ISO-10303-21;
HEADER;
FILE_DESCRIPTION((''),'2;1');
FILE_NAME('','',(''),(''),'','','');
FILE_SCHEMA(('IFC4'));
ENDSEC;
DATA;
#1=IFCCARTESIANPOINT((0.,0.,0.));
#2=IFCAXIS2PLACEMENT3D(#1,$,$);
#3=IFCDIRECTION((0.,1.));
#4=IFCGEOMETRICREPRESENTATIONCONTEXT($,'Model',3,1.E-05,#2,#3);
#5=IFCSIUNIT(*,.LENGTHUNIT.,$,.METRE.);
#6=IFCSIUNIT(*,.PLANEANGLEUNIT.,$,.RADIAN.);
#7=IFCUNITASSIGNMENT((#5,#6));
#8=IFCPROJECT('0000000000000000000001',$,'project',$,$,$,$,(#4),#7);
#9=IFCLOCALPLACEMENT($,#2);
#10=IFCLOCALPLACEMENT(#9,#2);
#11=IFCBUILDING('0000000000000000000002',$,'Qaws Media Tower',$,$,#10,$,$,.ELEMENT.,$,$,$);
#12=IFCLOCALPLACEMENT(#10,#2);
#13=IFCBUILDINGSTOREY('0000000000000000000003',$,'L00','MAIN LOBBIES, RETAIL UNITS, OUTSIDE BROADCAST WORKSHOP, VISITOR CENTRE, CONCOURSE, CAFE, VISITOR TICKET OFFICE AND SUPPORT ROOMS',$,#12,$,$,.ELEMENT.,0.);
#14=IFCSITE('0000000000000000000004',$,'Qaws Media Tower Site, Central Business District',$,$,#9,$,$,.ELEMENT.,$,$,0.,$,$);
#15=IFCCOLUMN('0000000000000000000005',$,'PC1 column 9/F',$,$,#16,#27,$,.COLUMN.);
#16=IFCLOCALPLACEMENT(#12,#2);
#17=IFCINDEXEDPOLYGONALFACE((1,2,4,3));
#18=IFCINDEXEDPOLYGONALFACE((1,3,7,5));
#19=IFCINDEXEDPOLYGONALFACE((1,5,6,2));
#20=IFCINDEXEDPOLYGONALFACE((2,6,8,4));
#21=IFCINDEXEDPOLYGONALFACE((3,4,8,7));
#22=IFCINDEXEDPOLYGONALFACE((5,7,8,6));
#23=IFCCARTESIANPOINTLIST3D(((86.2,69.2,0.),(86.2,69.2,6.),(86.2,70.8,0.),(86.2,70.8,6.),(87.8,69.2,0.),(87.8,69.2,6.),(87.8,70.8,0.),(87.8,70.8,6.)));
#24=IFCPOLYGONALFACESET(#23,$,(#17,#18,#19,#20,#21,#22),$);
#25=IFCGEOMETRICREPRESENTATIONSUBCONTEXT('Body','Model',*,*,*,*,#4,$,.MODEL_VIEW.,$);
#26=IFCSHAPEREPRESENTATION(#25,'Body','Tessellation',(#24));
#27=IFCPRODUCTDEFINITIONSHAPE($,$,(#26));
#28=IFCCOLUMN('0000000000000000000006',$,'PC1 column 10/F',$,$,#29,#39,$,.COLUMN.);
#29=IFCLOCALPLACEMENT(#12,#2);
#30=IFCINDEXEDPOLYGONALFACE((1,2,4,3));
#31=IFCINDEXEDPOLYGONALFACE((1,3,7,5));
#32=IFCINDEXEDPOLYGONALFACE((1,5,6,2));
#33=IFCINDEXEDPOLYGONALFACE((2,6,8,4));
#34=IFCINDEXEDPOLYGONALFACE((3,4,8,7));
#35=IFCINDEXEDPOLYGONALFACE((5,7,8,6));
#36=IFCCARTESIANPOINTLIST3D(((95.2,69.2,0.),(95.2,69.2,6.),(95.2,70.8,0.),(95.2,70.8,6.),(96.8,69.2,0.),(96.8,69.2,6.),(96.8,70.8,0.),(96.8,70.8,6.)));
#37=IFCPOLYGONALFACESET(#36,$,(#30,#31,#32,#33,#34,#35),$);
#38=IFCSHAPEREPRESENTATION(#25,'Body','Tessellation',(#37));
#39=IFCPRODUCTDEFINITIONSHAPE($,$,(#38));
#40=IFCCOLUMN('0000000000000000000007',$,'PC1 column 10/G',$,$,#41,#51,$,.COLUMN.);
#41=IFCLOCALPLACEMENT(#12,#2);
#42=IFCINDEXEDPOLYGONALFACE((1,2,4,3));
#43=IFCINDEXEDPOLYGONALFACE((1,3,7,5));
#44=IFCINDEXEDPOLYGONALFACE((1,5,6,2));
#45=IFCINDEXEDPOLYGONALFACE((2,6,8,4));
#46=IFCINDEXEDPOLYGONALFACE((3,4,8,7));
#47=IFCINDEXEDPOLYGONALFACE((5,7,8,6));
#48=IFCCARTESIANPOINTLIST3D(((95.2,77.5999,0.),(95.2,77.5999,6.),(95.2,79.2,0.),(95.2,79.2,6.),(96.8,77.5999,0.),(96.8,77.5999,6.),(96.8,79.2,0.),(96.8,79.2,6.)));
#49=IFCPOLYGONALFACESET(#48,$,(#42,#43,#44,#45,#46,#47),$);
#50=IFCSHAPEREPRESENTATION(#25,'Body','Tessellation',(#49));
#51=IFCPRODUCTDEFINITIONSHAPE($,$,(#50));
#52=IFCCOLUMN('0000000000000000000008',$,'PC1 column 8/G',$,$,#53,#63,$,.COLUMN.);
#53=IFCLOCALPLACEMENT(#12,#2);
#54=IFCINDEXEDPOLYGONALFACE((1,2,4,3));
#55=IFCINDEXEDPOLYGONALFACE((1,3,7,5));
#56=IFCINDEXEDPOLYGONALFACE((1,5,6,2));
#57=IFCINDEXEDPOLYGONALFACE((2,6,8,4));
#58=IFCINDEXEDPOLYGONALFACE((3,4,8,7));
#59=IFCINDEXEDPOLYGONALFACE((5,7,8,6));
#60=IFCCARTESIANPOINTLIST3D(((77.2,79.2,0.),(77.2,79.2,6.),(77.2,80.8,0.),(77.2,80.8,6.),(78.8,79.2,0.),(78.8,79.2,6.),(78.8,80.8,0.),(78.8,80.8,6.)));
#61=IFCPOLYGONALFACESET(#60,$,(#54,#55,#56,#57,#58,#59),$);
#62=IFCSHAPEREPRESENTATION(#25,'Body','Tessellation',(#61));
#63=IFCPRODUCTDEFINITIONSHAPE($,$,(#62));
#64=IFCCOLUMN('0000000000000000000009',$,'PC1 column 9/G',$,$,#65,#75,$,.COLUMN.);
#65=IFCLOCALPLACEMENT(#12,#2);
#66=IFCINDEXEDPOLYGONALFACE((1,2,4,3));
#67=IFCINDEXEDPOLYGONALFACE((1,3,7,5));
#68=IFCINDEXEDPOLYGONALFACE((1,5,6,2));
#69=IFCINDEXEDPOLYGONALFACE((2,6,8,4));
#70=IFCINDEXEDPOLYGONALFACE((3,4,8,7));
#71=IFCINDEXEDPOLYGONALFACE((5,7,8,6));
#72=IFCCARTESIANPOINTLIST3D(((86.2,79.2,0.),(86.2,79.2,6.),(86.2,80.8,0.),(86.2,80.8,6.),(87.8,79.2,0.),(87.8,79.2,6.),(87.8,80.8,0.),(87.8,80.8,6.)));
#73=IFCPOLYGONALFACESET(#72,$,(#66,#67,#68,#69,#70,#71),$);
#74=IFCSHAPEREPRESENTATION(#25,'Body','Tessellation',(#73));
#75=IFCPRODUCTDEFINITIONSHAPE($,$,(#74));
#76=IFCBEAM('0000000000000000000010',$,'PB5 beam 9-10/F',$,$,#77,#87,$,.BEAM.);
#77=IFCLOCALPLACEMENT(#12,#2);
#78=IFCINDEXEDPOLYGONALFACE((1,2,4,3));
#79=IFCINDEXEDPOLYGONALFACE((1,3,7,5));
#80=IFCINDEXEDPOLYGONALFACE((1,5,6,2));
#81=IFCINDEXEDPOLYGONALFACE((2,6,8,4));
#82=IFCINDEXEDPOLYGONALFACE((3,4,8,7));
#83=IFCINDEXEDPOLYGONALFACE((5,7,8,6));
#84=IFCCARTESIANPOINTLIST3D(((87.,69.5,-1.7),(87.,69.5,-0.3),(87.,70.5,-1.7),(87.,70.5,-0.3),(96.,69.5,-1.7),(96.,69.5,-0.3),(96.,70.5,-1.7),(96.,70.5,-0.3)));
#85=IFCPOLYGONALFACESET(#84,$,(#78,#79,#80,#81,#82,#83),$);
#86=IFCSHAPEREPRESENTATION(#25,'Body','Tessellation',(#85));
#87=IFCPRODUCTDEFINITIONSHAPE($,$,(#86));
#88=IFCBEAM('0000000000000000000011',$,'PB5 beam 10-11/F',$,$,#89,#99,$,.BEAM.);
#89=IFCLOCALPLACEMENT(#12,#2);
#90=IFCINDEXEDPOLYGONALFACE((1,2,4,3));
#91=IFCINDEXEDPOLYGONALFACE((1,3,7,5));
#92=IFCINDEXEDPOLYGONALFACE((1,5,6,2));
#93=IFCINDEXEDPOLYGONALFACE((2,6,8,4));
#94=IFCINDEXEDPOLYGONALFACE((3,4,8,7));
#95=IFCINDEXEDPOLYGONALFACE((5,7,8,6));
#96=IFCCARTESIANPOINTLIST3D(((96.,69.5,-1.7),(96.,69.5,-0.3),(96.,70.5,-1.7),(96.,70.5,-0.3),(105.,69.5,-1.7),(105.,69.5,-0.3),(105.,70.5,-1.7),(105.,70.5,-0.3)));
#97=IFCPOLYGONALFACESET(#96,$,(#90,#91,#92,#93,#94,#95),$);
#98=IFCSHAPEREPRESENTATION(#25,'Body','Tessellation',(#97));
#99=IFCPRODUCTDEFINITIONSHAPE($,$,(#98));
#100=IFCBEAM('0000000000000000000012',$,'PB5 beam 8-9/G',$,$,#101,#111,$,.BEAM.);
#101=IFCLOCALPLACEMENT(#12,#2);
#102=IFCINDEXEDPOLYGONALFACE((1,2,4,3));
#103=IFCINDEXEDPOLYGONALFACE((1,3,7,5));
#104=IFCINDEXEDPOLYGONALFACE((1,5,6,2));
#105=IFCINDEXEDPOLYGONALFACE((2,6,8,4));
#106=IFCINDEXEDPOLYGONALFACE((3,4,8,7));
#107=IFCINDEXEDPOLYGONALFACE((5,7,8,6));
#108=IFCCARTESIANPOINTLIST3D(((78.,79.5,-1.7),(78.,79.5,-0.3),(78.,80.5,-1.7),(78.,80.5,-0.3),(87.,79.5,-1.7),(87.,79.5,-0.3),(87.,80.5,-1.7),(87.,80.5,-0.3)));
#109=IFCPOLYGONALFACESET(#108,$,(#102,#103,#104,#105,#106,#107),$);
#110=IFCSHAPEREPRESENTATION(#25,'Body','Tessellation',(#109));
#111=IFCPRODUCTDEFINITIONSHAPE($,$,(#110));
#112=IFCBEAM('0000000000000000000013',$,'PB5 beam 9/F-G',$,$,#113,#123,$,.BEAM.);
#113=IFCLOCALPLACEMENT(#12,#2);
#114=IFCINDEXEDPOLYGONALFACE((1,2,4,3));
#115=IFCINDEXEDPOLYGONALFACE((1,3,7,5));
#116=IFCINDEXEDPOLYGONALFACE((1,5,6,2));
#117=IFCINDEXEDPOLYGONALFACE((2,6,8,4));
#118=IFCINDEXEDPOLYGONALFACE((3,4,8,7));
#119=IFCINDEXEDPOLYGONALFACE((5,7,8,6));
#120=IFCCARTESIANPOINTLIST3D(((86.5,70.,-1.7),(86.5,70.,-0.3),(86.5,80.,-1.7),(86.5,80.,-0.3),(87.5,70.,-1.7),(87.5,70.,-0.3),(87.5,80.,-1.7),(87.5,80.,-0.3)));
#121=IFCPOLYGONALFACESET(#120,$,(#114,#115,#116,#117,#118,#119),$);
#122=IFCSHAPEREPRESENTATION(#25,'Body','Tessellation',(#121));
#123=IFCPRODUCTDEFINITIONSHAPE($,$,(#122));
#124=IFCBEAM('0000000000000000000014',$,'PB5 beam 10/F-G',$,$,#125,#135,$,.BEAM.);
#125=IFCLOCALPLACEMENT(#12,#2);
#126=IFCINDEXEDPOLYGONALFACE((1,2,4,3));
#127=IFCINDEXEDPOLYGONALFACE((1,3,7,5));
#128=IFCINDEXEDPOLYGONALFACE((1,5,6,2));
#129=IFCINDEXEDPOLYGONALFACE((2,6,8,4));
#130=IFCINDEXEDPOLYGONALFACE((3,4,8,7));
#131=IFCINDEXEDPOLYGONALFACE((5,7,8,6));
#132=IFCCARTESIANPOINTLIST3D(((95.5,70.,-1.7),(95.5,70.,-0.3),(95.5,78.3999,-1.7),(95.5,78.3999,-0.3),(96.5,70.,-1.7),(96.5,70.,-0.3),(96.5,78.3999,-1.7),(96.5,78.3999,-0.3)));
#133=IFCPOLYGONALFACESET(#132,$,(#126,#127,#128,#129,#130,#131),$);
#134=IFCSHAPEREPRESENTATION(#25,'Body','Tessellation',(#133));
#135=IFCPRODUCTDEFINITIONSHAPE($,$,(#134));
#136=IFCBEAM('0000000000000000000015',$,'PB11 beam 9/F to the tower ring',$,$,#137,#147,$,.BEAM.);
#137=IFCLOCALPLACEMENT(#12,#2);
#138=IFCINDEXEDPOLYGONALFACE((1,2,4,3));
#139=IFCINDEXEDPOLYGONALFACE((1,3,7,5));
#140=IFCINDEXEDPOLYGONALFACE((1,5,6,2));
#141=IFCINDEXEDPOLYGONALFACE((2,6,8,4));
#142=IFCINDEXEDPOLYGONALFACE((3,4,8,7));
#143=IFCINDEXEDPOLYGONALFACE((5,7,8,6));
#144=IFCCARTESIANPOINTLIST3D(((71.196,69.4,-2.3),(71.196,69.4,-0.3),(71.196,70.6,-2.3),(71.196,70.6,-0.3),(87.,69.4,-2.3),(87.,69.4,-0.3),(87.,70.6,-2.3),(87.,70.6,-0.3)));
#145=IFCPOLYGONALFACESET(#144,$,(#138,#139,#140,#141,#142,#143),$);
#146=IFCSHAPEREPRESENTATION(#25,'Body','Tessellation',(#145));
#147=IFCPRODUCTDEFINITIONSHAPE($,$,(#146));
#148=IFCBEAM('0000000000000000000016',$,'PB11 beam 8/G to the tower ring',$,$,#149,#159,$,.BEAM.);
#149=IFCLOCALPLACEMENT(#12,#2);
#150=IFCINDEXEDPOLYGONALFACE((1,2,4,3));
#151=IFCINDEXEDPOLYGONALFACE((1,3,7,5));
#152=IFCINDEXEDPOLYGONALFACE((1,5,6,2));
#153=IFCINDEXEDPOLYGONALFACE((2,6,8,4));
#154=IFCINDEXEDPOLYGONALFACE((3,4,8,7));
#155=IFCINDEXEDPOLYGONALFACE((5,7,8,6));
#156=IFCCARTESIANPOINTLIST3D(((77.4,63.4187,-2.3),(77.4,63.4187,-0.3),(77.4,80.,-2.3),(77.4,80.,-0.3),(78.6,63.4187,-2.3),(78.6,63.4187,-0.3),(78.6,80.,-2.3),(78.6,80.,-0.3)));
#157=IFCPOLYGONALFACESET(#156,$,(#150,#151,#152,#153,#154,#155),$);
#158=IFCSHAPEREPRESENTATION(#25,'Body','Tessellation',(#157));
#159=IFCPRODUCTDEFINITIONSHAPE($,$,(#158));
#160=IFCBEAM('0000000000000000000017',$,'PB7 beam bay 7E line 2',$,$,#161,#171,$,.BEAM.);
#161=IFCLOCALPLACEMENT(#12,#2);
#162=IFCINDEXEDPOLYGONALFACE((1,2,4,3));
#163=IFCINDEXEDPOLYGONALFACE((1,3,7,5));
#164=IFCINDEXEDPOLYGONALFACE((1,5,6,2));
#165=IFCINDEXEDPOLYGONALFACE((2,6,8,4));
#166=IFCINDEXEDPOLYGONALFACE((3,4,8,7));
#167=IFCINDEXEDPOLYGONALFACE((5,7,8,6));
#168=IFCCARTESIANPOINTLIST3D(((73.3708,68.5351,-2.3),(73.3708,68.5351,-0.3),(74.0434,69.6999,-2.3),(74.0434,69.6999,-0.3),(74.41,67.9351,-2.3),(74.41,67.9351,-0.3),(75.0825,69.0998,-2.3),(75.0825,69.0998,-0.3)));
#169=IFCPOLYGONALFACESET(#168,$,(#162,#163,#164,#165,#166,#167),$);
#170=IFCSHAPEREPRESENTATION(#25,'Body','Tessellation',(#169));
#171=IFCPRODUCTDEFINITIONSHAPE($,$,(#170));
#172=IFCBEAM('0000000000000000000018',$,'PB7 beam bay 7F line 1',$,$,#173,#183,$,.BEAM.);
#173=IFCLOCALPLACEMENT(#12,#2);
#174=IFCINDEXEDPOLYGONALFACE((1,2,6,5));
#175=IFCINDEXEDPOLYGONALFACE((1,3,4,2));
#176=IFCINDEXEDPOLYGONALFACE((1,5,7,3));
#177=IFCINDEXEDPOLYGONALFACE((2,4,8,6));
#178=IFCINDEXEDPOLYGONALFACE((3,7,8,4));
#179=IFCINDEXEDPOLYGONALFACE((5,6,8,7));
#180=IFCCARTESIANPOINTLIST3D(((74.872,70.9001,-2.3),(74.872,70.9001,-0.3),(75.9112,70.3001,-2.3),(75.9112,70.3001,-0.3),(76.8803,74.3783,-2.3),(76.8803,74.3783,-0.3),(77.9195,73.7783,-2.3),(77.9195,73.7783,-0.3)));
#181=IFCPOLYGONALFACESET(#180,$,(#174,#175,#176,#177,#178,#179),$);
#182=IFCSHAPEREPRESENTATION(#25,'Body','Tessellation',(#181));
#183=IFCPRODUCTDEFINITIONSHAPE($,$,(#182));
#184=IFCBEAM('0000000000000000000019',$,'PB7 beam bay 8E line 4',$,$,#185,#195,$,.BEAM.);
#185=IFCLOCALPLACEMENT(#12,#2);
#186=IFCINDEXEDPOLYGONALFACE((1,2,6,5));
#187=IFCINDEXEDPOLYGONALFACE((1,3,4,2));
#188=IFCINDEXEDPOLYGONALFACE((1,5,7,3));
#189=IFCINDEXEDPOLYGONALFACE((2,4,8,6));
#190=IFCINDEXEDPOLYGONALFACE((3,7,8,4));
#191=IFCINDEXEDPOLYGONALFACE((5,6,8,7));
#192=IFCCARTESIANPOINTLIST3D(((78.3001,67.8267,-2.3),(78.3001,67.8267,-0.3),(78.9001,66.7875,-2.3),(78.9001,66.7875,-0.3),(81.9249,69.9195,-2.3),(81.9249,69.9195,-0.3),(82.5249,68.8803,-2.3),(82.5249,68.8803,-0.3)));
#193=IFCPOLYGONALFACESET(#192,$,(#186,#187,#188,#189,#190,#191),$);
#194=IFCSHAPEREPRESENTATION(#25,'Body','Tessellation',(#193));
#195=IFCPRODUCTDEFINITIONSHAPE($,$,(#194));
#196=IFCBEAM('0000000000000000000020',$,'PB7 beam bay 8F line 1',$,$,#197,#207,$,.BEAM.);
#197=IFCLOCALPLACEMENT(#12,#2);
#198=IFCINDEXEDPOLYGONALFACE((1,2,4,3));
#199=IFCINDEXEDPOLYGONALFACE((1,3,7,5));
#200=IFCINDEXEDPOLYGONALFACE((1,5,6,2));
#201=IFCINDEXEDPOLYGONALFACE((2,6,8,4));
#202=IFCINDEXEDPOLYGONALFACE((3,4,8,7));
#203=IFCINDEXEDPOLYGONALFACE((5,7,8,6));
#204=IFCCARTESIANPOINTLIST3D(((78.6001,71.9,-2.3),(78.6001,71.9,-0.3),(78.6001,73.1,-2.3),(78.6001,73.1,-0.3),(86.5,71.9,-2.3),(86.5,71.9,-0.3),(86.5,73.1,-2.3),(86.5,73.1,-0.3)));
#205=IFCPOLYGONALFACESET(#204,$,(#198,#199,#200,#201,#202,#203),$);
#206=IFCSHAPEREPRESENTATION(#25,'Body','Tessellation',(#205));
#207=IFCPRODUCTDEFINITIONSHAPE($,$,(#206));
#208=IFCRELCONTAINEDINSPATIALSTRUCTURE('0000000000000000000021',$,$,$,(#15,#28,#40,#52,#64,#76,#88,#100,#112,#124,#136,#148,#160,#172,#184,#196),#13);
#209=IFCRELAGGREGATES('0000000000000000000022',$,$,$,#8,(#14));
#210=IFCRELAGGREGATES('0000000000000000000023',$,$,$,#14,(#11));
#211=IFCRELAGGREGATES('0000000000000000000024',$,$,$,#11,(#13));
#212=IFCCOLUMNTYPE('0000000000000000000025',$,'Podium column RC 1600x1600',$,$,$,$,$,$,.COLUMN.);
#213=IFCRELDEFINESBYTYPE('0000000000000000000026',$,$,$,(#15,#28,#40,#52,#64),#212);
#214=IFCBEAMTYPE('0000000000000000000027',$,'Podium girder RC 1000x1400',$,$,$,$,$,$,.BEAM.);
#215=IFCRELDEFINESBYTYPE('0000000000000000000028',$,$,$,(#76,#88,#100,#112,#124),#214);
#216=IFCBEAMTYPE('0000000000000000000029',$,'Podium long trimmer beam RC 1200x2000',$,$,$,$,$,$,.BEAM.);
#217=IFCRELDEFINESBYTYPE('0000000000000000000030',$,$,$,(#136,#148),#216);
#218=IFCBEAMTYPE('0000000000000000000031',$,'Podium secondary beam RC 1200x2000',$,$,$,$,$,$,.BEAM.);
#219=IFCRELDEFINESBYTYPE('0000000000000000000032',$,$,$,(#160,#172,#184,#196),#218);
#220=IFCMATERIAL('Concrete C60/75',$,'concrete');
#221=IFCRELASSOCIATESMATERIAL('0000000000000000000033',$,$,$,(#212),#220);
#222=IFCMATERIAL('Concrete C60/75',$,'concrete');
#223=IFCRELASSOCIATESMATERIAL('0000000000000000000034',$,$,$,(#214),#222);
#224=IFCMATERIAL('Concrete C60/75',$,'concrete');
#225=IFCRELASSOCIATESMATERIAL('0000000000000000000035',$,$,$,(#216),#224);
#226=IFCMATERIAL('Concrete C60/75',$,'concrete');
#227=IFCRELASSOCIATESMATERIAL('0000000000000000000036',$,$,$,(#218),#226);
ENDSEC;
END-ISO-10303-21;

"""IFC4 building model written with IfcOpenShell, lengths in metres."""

from ifc_helpers import new_model, si_unit, direction, frame, origin, origin_2d, place, context, subcontext, project, spatial, rectangle, extrude, material, material_profile, profile_set, type_object, element, save


model = new_model("IFC4")

# Units and contexts
model_context = context("Model", 3, precision=1e-05, world=origin(), true_north=direction((0.0, 1.0)))
body_context = subcontext(model_context, "Body", "Model", "MODEL_VIEW")
ifc_project = project(units=[si_unit("LENGTHUNIT", "METRE"), si_unit("PLANEANGLEUNIT", "RADIAN")], contexts=[model_context])

# Site, building, storey
site_placement = place(None, origin())
site = spatial("IfcSite", under=ifc_project, at=site_placement, Name="Qaws Media Tower Site, Central Business District", CompositionType="ELEMENT", RefElevation=0.0)
building_placement = place(site_placement, origin())
building = spatial("IfcBuilding", under=site, at=building_placement, Name="Qaws Media Tower", CompositionType="ELEMENT")
storey_placement = place(building_placement, origin())
storey = spatial("IfcBuildingStorey", under=building, at=storey_placement, Name="L00", Description="MAIN LOBBIES, RETAIL UNITS, OUTSIDE BROADCAST WORKSHOP, VISITOR CENTRE, CONCOURSE, CAFE, VISITOR TICKET OFFICE AND SUPPORT ROOMS", CompositionType="ELEMENT", Elevation=0.0)

# Columns
ifc_material_1 = material(Name="Concrete C60/75", Category="concrete")
ifc_material_profile_1 = material_profile(ifc_material_1, rectangle(XDim=1.6001, YDim=1.6001, at=origin_2d()), Name="RC 1600x1600")
ifc_profile_set_1 = profile_set([ifc_material_profile_1], Name="Concrete C60/75")
column_type = type_object("IfcColumnType", Name="Podium column RC 1600x1600", PredefinedType="COLUMN", material=ifc_profile_set_1)
for number, where, z_axis, x_axis, name in (
    (1, (87.0, 70.0, 0.0), (0.0, 0.0, 1.0), (1.0, 0.0, 0.0), "PC1 column 9/F"),
    (2, (96.0, 70.0, 0.0), (0.0, 0.0, 1.0), (1.0, 0.0, 0.0), "PC1 column 10/F"),
    (3, (96.0, 78.3999, 0.0), (0.0, 0.0, 1.0), (1.0, 0.0, 0.0), "PC1 column 10/G"),
    (4, (78.0, 80.0, 0.0), (0.0, 0.0, 1.0), (1.0, 0.0, 0.0), "PC1 column 8/G"),
    (5, (87.0, 80.0, 0.0), (0.0, 0.0, 1.0), (1.0, 0.0, 0.0), "PC1 column 9/G"),
):
    element("IfcColumn", number, at=place(storey_placement, frame(where, z_axis=z_axis, x_axis=x_axis)), inside=storey, type_object=column_type, Name=name, PredefinedType="COLUMN", context=body_context, shape_type="SweptSolid", body=[
        extrude(rectangle(XDim=1.6001, YDim=1.6001, at=origin_2d()), origin(), (0.0, 0.0, 1.0), 6.0),
    ])

# Beams
ifc_material_2 = material(Name="Concrete C60/75", Category="concrete")
ifc_material_profile_2 = material_profile(ifc_material_2, rectangle(XDim=1.0, YDim=1.3999, at=origin_2d()), Name="RC 1000x1400")
ifc_profile_set_2 = profile_set([ifc_material_profile_2], Name="Concrete C60/75")
beam_type_1 = type_object("IfcBeamType", Name="Podium girder RC 1000x1400", PredefinedType="BEAM", material=ifc_profile_set_2)
for number, where, z_axis, x_axis, name in (
    (6, (87.0, 70.0, -1.0), (1.0, 0.0, 0.0), (0.0, 1.0, 0.0), "PB5 beam 9-10/F"),
    (7, (96.0, 70.0, -1.0), (1.0, 0.0, 0.0), (0.0, 1.0, 0.0), "PB5 beam 10-11/F"),
    (8, (78.0, 80.0, -1.0), (1.0, 0.0, 0.0), (0.0, 1.0, 0.0), "PB5 beam 8-9/G"),
):
    element("IfcBeam", number, at=place(storey_placement, frame(where, z_axis=z_axis, x_axis=x_axis)), inside=storey, type_object=beam_type_1, Name=name, PredefinedType="BEAM", context=body_context, shape_type="SweptSolid", body=[
        extrude(rectangle(XDim=1.0, YDim=1.3999, at=origin_2d()), origin(), (0.0, 0.0, 1.0), 9.0),
    ])
beam_1_placement = place(storey_placement, frame((87.0, 70.0, -1.0), z_axis=(0.0, 1.0, 0.0), x_axis=(-1.0, 0.0, 0.0)))
element("IfcBeam", 9, at=beam_1_placement, inside=storey, type_object=beam_type_1, Name="PB5 beam 9/F-G", PredefinedType="BEAM", context=body_context, shape_type="SweptSolid", body=[
    extrude(rectangle(XDim=1.0, YDim=1.3999, at=origin_2d()), origin(), (0.0, 0.0, 1.0), 10.0),
])
beam_2_placement = place(storey_placement, frame((96.0, 70.0, -1.0), z_axis=(0.0, 1.0, 0.0), x_axis=(-1.0, 0.0, 0.0)))
element("IfcBeam", 10, at=beam_2_placement, inside=storey, type_object=beam_type_1, Name="PB5 beam 10/F-G", PredefinedType="BEAM", context=body_context, shape_type="SweptSolid", body=[
    extrude(rectangle(XDim=1.0, YDim=1.3999, at=origin_2d()), origin(), (0.0, 0.0, 1.0), 8.3999),
])
ifc_material_3 = material(Name="Concrete C60/75", Category="concrete")
ifc_material_profile_3 = material_profile(ifc_material_3, rectangle(XDim=1.2, YDim=2.0, at=origin_2d()), Name="RC 1200x2000")
ifc_profile_set_3 = profile_set([ifc_material_profile_3], Name="Concrete C60/75")
beam_type_2 = type_object("IfcBeamType", Name="Podium long trimmer beam RC 1200x2000", PredefinedType="BEAM", material=ifc_profile_set_3)
beam_3_placement = place(storey_placement, frame((87.0, 70.0, -1.3), z_axis=(-1.0, 0.0, 0.0), x_axis=(0.0, -1.0, 0.0)))
element("IfcBeam", 11, at=beam_3_placement, inside=storey, type_object=beam_type_2, Name="PB11 beam 9/F to the tower ring", PredefinedType="BEAM", context=body_context, shape_type="SweptSolid", body=[
    extrude(rectangle(XDim=1.2, YDim=2.0, at=origin_2d()), origin(), (0.0, 0.0, 1.0), 15.804),
])
beam_4_placement = place(storey_placement, frame((78.0, 80.0, -1.3), z_axis=(0.0, -1.0, 0.0), x_axis=(1.0, 0.0, 0.0)))
element("IfcBeam", 12, at=beam_4_placement, inside=storey, type_object=beam_type_2, Name="PB11 beam 8/G to the tower ring", PredefinedType="BEAM", context=body_context, shape_type="SweptSolid", body=[
    extrude(rectangle(XDim=1.2, YDim=2.0, at=origin_2d()), origin(), (0.0, 0.0, 1.0), 16.5813),
])
ifc_material_4 = material(Name="Concrete C60/75", Category="concrete")
ifc_material_profile_4 = material_profile(ifc_material_4, rectangle(XDim=1.2, YDim=2.0, at=origin_2d()), Name="RC 1200x2000")
ifc_profile_set_4 = profile_set([ifc_material_profile_4], Name="Concrete C60/75")
beam_type_3 = type_object("IfcBeamType", Name="Podium secondary beam RC 1200x2000", PredefinedType="BEAM", material=ifc_profile_set_4)
beam_5_placement = place(storey_placement, frame((73.8904, 68.2351, -1.3), z_axis=(0.500063, 0.865989, 0.0), x_axis=(-0.865989, 0.500063, 0.0)))
element("IfcBeam", 13, at=beam_5_placement, inside=storey, type_object=beam_type_3, Name="PB7 beam bay 7E line 2", PredefinedType="BEAM", context=body_context, shape_type="SweptSolid", body=[
    extrude(rectangle(XDim=1.2, YDim=2.0, at=origin_2d()), origin(), (0.0, 0.0, 1.0), 1.345),
])
beam_6_placement = place(storey_placement, frame((75.3916, 70.6001, -1.3), z_axis=(0.500022, 0.866012, 0.0), x_axis=(-0.866012, 0.500022, 0.0)))
element("IfcBeam", 14, at=beam_6_placement, inside=storey, type_object=beam_type_3, Name="PB7 beam bay 7F line 1", PredefinedType="BEAM", context=body_context, shape_type="SweptSolid", body=[
    extrude(rectangle(XDim=1.2, YDim=2.0, at=origin_2d()), origin(), (0.0, 0.0, 1.0), 4.0164),
])
beam_7_placement = place(storey_placement, frame((78.6001, 67.3071, -1.3), z_axis=(0.866023, 0.500004, 0.0), x_axis=(-0.500004, 0.866023, 0.0)))
element("IfcBeam", 15, at=beam_7_placement, inside=storey, type_object=beam_type_3, Name="PB7 beam bay 8E line 4", PredefinedType="BEAM", context=body_context, shape_type="SweptSolid", body=[
    extrude(rectangle(XDim=1.2, YDim=2.0, at=origin_2d()), origin(), (0.0, 0.0, 1.0), 4.1855),
])
for number, where, z_axis, x_axis, name in (
    (16, (78.6001, 72.5, -1.3), (1.0, 0.0, 0.0), (0.0, 1.0, 0.0), "PB7 beam bay 8F line 1"),
):
    element("IfcBeam", number, at=place(storey_placement, frame(where, z_axis=z_axis, x_axis=x_axis)), inside=storey, type_object=beam_type_3, Name=name, PredefinedType="BEAM", context=body_context, shape_type="SweptSolid", body=[
        extrude(rectangle(XDim=1.2, YDim=2.0, at=origin_2d()), origin(), (0.0, 0.0, 1.0), 7.8999),
    ])

save(model, "model.ifc")
